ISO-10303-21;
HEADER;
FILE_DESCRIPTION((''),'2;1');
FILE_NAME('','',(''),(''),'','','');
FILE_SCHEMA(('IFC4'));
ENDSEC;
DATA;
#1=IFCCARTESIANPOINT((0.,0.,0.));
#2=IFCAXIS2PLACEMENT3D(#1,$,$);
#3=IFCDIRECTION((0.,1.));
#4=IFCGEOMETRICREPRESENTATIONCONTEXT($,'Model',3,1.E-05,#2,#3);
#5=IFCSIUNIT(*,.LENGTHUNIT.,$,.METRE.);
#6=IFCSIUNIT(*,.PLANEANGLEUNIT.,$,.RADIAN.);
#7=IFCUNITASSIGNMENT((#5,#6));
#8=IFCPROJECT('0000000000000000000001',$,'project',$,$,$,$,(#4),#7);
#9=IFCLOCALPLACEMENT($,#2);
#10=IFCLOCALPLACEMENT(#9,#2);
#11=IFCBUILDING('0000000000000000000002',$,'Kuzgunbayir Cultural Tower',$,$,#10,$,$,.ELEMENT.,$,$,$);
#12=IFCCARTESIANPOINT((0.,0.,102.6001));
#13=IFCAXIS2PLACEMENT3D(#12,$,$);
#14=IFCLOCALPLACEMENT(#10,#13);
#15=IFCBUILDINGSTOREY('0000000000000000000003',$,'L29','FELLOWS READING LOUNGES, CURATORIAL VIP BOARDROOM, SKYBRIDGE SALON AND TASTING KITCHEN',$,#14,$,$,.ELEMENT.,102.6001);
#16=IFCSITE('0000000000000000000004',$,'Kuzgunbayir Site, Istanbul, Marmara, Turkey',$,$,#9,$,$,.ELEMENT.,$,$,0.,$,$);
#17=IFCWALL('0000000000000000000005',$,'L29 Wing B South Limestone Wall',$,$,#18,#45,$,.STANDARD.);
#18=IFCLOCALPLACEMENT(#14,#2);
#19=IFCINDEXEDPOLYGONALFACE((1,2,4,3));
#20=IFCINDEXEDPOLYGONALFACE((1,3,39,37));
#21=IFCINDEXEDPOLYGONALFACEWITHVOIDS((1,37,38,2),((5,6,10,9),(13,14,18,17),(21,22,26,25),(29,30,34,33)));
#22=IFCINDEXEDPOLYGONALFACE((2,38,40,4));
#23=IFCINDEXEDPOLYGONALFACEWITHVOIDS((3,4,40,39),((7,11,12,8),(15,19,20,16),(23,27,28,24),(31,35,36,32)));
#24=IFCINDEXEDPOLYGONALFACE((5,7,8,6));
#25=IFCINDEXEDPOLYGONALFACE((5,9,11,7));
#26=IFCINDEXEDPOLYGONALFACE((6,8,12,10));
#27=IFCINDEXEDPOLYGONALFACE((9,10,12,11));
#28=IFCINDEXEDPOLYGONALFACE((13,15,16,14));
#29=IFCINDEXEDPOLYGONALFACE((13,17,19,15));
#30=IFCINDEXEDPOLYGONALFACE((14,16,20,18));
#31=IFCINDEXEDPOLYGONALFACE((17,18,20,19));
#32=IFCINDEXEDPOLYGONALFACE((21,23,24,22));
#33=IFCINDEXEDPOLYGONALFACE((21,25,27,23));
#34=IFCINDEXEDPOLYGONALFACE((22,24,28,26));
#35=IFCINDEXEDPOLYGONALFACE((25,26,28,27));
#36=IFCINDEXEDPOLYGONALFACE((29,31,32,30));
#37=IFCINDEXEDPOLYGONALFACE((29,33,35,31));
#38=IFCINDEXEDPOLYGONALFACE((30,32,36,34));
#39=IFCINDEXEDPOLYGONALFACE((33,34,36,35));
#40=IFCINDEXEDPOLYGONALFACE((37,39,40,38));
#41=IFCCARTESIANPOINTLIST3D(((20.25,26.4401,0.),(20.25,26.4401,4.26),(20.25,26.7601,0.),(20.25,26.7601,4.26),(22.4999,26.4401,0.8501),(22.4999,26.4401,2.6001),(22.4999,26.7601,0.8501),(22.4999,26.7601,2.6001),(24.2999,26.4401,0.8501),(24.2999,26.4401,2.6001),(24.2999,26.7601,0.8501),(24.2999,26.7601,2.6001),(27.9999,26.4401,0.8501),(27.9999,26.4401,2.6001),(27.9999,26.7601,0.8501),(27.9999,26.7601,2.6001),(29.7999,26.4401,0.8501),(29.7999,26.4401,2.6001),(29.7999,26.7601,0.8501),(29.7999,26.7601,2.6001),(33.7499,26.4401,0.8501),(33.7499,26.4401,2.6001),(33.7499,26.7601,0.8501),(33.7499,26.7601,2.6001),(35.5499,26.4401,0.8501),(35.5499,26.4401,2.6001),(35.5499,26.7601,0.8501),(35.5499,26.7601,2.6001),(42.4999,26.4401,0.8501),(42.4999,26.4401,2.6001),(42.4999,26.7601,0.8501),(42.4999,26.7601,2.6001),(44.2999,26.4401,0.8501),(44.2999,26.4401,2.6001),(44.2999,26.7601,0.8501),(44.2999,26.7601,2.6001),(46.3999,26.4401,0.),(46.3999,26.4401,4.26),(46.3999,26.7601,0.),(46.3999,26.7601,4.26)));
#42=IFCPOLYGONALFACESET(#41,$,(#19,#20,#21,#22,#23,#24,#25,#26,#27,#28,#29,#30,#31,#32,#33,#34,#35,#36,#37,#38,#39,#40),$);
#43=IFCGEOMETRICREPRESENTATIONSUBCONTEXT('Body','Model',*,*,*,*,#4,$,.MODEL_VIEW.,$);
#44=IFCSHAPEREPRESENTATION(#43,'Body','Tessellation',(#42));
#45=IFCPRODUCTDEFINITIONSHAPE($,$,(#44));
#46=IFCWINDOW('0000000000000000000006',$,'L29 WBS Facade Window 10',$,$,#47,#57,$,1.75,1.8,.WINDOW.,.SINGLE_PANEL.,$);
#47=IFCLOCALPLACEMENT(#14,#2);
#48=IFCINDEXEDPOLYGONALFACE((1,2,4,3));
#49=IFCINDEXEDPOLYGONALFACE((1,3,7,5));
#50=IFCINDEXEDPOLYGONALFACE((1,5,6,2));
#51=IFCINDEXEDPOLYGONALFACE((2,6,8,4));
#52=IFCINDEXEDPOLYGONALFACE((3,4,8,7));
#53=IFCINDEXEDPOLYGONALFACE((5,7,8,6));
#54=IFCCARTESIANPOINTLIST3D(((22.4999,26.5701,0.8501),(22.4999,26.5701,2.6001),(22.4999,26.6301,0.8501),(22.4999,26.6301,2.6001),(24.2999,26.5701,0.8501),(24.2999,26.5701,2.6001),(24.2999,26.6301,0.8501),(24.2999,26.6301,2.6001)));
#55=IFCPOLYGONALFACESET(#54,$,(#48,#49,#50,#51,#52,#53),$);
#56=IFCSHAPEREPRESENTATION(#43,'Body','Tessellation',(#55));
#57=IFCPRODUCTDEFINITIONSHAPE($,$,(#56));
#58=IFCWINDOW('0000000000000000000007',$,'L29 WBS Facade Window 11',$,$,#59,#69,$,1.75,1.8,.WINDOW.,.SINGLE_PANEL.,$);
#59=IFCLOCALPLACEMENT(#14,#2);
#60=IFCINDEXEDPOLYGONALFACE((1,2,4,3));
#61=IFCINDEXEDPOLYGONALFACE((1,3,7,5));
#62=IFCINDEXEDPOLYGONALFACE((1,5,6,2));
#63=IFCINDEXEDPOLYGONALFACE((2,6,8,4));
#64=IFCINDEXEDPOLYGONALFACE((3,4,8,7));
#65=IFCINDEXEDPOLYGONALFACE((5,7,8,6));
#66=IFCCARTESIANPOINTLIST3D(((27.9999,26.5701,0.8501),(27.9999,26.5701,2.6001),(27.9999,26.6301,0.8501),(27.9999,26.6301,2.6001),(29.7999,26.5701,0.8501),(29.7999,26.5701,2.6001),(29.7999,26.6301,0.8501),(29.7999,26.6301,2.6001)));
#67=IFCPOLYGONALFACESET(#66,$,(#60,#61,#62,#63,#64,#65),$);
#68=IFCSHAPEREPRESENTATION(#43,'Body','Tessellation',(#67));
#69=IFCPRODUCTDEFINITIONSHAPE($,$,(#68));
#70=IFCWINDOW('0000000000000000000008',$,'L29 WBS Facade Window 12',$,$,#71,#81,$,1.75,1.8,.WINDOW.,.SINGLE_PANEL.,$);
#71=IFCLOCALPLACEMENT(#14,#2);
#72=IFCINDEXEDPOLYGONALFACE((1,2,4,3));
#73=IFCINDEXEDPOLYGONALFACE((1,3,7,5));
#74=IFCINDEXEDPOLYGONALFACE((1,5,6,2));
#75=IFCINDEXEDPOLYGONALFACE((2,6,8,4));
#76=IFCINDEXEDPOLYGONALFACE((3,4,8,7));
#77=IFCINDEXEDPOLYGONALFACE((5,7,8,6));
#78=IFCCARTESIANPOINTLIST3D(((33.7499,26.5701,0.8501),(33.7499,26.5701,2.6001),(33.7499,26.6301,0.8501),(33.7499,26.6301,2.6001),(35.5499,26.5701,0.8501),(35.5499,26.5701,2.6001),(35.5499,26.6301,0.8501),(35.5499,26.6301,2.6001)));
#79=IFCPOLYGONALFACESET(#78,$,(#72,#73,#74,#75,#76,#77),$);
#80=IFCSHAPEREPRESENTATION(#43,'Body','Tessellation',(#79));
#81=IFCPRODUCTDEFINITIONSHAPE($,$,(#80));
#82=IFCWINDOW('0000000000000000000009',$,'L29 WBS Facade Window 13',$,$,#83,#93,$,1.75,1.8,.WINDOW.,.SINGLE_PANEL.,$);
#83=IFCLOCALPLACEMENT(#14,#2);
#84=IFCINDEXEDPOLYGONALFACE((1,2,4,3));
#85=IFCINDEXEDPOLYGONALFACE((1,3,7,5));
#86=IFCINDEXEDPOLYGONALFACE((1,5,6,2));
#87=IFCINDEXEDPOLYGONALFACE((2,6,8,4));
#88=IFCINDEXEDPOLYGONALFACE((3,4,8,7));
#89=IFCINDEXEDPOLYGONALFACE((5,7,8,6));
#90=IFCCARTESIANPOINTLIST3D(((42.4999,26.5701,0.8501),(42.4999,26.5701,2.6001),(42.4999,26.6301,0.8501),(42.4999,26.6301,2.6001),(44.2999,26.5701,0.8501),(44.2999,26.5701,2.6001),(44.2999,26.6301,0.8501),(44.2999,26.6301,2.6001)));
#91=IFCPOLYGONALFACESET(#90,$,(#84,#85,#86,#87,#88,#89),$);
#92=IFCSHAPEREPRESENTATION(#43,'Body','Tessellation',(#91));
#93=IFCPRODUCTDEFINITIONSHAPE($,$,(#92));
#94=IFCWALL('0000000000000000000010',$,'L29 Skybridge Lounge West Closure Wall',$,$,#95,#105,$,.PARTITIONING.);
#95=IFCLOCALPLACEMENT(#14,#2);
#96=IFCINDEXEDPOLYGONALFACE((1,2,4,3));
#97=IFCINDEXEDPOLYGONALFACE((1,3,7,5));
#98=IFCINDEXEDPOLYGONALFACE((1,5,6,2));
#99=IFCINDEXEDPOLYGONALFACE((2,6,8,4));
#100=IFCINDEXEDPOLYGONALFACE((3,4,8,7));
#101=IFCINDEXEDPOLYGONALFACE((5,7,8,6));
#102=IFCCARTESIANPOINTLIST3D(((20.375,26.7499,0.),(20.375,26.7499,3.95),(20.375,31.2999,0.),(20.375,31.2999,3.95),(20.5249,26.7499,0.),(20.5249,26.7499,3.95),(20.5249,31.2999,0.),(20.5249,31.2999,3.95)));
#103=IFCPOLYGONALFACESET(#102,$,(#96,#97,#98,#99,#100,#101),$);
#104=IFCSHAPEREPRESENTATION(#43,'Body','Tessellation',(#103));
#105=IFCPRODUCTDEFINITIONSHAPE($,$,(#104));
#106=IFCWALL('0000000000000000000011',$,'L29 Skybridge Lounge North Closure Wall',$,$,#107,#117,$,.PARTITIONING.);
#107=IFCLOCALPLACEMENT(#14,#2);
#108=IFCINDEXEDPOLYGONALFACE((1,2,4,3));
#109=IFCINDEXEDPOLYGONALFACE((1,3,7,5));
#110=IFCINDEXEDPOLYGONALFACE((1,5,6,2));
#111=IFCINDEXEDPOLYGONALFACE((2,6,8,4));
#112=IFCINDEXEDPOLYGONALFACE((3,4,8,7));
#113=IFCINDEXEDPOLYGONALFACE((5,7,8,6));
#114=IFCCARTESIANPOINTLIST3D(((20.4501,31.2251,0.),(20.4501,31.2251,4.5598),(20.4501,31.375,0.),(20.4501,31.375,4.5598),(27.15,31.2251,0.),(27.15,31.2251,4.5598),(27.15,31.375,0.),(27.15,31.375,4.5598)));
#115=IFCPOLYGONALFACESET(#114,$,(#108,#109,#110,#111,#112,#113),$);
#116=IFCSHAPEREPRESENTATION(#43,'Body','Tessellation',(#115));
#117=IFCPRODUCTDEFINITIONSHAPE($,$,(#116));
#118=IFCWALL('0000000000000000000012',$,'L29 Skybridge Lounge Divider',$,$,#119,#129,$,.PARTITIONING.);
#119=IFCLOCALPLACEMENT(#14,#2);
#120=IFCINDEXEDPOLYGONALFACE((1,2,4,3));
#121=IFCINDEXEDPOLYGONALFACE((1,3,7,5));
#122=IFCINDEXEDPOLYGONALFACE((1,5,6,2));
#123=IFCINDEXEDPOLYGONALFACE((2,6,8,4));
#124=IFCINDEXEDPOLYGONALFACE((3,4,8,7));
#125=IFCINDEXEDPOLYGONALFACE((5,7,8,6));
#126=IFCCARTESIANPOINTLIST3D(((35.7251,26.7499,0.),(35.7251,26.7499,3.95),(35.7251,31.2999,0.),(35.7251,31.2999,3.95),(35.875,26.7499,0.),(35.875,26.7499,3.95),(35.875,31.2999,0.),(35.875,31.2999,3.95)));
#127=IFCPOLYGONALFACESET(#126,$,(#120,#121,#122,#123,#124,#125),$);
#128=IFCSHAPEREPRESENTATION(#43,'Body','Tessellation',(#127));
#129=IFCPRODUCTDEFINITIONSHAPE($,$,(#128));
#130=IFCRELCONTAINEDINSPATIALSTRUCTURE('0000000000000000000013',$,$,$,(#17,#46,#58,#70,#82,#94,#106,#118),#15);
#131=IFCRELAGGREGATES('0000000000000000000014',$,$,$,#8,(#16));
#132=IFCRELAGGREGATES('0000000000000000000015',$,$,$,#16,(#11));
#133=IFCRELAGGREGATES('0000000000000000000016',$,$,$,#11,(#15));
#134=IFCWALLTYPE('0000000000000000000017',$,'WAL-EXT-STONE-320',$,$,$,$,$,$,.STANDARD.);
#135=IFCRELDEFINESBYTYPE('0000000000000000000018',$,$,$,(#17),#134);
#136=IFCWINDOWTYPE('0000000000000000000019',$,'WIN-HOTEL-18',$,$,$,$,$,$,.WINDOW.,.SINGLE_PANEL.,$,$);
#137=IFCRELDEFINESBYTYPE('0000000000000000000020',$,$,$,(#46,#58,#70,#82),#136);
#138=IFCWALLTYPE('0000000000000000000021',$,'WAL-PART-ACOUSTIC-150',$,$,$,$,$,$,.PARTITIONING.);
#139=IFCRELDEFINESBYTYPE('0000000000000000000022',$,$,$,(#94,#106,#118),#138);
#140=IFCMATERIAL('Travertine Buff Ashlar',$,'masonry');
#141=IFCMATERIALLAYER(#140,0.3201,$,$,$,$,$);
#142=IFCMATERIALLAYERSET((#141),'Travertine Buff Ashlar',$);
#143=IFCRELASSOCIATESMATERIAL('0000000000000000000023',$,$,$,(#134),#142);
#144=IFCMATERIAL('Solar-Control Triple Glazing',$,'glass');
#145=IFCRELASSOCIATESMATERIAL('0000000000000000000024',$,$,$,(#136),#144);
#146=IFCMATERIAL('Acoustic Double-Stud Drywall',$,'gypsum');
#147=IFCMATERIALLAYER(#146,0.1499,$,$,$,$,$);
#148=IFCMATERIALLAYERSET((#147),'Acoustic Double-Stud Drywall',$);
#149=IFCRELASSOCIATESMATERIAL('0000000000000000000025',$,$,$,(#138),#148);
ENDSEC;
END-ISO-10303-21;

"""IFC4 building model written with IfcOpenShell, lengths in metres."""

from ifc_helpers import new_model, si_unit, direction, frame, frame_2d, origin, place, context, subcontext, project, spatial, rectangle, extrude, material, layer, layer_set, type_object, element, fill, save


model = new_model("IFC4")

# Units and contexts
model_context = context("Model", 3, precision=1e-05, world=origin(), true_north=direction((0.0, 1.0)))
body_context = subcontext(model_context, "Body", "Model", "MODEL_VIEW")
ifc_project = project(units=[si_unit("LENGTHUNIT", "METRE"), si_unit("PLANEANGLEUNIT", "RADIAN")], contexts=[model_context])

# Site, building, storey
site_placement = place(None, origin())
site = spatial("IfcSite", under=ifc_project, at=site_placement, Name="Kuzgunbayir Site, Istanbul, Marmara, Turkey", CompositionType="ELEMENT", RefElevation=0.0)
building_placement = place(site_placement, origin())
building = spatial("IfcBuilding", under=site, at=building_placement, Name="Kuzgunbayir Cultural Tower", CompositionType="ELEMENT")
storey_placement = place(building_placement, frame((0.0, 0.0, 102.6001)))
storey = spatial("IfcBuildingStorey", under=building, at=storey_placement, Name="L29", Description="FELLOWS READING LOUNGES, CURATORIAL VIP BOARDROOM, SKYBRIDGE SALON AND TASTING KITCHEN", CompositionType="ELEMENT", Elevation=102.6001)

# Shared definitions
ifc_material_1 = material(Name="Travertine Buff Ashlar", Category="masonry")
ifc_layer_1 = layer(ifc_material_1, 0.3201)
ifc_layer_set_1 = layer_set([ifc_layer_1], Name="Travertine Buff Ashlar")
wall_type_1 = type_object("IfcWallType", Name="WAL-EXT-STONE-320", PredefinedType="STANDARD", material=ifc_layer_set_1)
ifc_material_2 = material(Name="Solar-Control Triple Glazing", Category="glass")

# Wall, openings, windows
wall_1_placement = place(storey_placement, frame((20.25, 26.6001, 0.0), z_axis=(0.0, 0.0, 1.0), x_axis=(1.0, 0.0, 0.0)))
wall_1 = element("IfcWall", 1, at=wall_1_placement, inside=storey, type_object=wall_type_1, Name="L29 Wing B South Limestone Wall", PredefinedType="STANDARD", context=body_context, shape_type="SweptSolid", body=[
    extrude(rectangle(XDim=26.1499, YDim=0.3201, at=frame_2d((13.075, 0.0))), origin(), (0.0, 0.0, 1.0), 4.26),
])
opening_1_placement = place(wall_1_placement, frame((2.25, 0.0, 0.8501)))
opening_1 = element("IfcOpeningElement", 2, at=opening_1_placement, cuts=wall_1, PredefinedType="OPENING", context=body_context, shape_type="SweptSolid", body=[
    extrude(rectangle(XDim=1.8, YDim=1.75, at=frame_2d((0.8999, 0.875))), frame((0.0, 0.1699, 0.0), z_axis=(0.0, -1.0, 0.0), x_axis=(1.0, 0.0, 0.0)), (0.0, 0.0, 1.0), 0.3401),
])
opening_2_placement = place(wall_1_placement, frame((7.75, 0.0, 0.8501)))
opening_2 = element("IfcOpeningElement", 3, at=opening_2_placement, cuts=wall_1, PredefinedType="OPENING", context=body_context, shape_type="SweptSolid", body=[
    extrude(rectangle(XDim=1.8, YDim=1.75, at=frame_2d((0.8999, 0.875))), frame((0.0, 0.1699, 0.0), z_axis=(0.0, -1.0, 0.0), x_axis=(1.0, 0.0, 0.0)), (0.0, 0.0, 1.0), 0.3401),
])
opening_3_placement = place(wall_1_placement, frame((13.5, 0.0, 0.8501)))
opening_3 = element("IfcOpeningElement", 4, at=opening_3_placement, cuts=wall_1, PredefinedType="OPENING", context=body_context, shape_type="SweptSolid", body=[
    extrude(rectangle(XDim=1.8, YDim=1.75, at=frame_2d((0.8999, 0.875))), frame((0.0, 0.1699, 0.0), z_axis=(0.0, -1.0, 0.0), x_axis=(1.0, 0.0, 0.0)), (0.0, 0.0, 1.0), 0.3401),
])
opening_4_placement = place(wall_1_placement, frame((22.25, 0.0, 0.8501)))
opening_4 = element("IfcOpeningElement", 5, at=opening_4_placement, cuts=wall_1, PredefinedType="OPENING", context=body_context, shape_type="SweptSolid", body=[
    extrude(rectangle(XDim=1.8, YDim=1.75, at=frame_2d((0.8999, 0.875))), frame((0.0, 0.1699, 0.0), z_axis=(0.0, -1.0, 0.0), x_axis=(1.0, 0.0, 0.0)), (0.0, 0.0, 1.0), 0.3401),
])
window_type_1 = type_object("IfcWindowType", Name="WIN-HOTEL-18", PartitioningType="SINGLE_PANEL", PredefinedType="WINDOW", material=ifc_material_2)
window_1_placement = place(opening_1_placement, origin())
window_1 = element("IfcWindow", 6, at=window_1_placement, inside=storey, type_object=window_type_1, Name="L29 WBS Facade Window 10", OverallHeight=1.75, OverallWidth=1.8, PartitioningType="SINGLE_PANEL", PredefinedType="WINDOW", context=body_context, shape_type="SweptSolid", body=[
    extrude(rectangle(XDim=1.8, YDim=1.75, at=frame_2d((0.8999, 0.875))), frame((0.0, 0.03, 0.0), z_axis=(0.0, -1.0, 0.0), x_axis=(1.0, 0.0, 0.0)), (0.0, 0.0, 1.0), 0.0601),
])
fill(opening_1, window_1)
window_2_placement = place(opening_2_placement, origin())
window_2 = element("IfcWindow", 7, at=window_2_placement, inside=storey, type_object=window_type_1, Name="L29 WBS Facade Window 11", OverallHeight=1.75, OverallWidth=1.8, PartitioningType="SINGLE_PANEL", PredefinedType="WINDOW", context=body_context, shape_type="SweptSolid", body=[
    extrude(rectangle(XDim=1.8, YDim=1.75, at=frame_2d((0.8999, 0.875))), frame((0.0, 0.03, 0.0), z_axis=(0.0, -1.0, 0.0), x_axis=(1.0, 0.0, 0.0)), (0.0, 0.0, 1.0), 0.0601),
])
fill(opening_2, window_2)
window_3_placement = place(opening_3_placement, origin())
window_3 = element("IfcWindow", 8, at=window_3_placement, inside=storey, type_object=window_type_1, Name="L29 WBS Facade Window 12", OverallHeight=1.75, OverallWidth=1.8, PartitioningType="SINGLE_PANEL", PredefinedType="WINDOW", context=body_context, shape_type="SweptSolid", body=[
    extrude(rectangle(XDim=1.8, YDim=1.75, at=frame_2d((0.8999, 0.875))), frame((0.0, 0.03, 0.0), z_axis=(0.0, -1.0, 0.0), x_axis=(1.0, 0.0, 0.0)), (0.0, 0.0, 1.0), 0.0601),
])
fill(opening_3, window_3)
window_4_placement = place(opening_4_placement, origin())
window_4 = element("IfcWindow", 9, at=window_4_placement, inside=storey, type_object=window_type_1, Name="L29 WBS Facade Window 13", OverallHeight=1.75, OverallWidth=1.8, PartitioningType="SINGLE_PANEL", PredefinedType="WINDOW", context=body_context, shape_type="SweptSolid", body=[
    extrude(rectangle(XDim=1.8, YDim=1.75, at=frame_2d((0.8999, 0.875))), frame((0.0, 0.03, 0.0), z_axis=(0.0, -1.0, 0.0), x_axis=(1.0, 0.0, 0.0)), (0.0, 0.0, 1.0), 0.0601),
])
fill(opening_4, window_4)

# Walls
ifc_material_3 = material(Name="Acoustic Double-Stud Drywall", Category="gypsum")
ifc_layer_2 = layer(ifc_material_3, 0.1499)
ifc_layer_set_2 = layer_set([ifc_layer_2], Name="Acoustic Double-Stud Drywall")
wall_type_2 = type_object("IfcWallType", Name="WAL-PART-ACOUSTIC-150", PredefinedType="PARTITIONING", material=ifc_layer_set_2)
wall_2_placement = place(storey_placement, frame((20.45, 26.75, 0.0), z_axis=(0.0, 0.0, 1.0), x_axis=(0.0, 1.0, 0.0)))
element("IfcWall", 10, at=wall_2_placement, inside=storey, type_object=wall_type_2, Name="L29 Skybridge Lounge West Closure Wall", PredefinedType="PARTITIONING", context=body_context, shape_type="SweptSolid", body=[
    extrude(rectangle(XDim=4.55, YDim=0.1499, at=frame_2d((2.2749, 0.0))), origin(), (0.0, 0.0, 1.0), 3.95),
])
wall_3_placement = place(storey_placement, frame((20.45, 31.3, 0.0), z_axis=(0.0, 0.0, 1.0), x_axis=(1.0, 0.0, 0.0)))
element("IfcWall", 11, at=wall_3_placement, inside=storey, type_object=wall_type_2, Name="L29 Skybridge Lounge North Closure Wall", PredefinedType="PARTITIONING", context=body_context, shape_type="SweptSolid", body=[
    extrude(rectangle(XDim=6.7, YDim=0.1499, at=frame_2d((3.3501, 0.0))), origin(), (0.0, 0.0, 1.0), 4.5598),
])
wall_4_placement = place(storey_placement, frame((35.8, 26.75, 0.0), z_axis=(0.0, 0.0, 1.0), x_axis=(0.0, 1.0, 0.0)))
element("IfcWall", 12, at=wall_4_placement, inside=storey, type_object=wall_type_2, Name="L29 Skybridge Lounge Divider", PredefinedType="PARTITIONING", context=body_context, shape_type="SweptSolid", body=[
    extrude(rectangle(XDim=4.55, YDim=0.1499, at=frame_2d((2.2749, 0.0))), origin(), (0.0, 0.0, 1.0), 3.95),
])

save(model, "model.ifc")
